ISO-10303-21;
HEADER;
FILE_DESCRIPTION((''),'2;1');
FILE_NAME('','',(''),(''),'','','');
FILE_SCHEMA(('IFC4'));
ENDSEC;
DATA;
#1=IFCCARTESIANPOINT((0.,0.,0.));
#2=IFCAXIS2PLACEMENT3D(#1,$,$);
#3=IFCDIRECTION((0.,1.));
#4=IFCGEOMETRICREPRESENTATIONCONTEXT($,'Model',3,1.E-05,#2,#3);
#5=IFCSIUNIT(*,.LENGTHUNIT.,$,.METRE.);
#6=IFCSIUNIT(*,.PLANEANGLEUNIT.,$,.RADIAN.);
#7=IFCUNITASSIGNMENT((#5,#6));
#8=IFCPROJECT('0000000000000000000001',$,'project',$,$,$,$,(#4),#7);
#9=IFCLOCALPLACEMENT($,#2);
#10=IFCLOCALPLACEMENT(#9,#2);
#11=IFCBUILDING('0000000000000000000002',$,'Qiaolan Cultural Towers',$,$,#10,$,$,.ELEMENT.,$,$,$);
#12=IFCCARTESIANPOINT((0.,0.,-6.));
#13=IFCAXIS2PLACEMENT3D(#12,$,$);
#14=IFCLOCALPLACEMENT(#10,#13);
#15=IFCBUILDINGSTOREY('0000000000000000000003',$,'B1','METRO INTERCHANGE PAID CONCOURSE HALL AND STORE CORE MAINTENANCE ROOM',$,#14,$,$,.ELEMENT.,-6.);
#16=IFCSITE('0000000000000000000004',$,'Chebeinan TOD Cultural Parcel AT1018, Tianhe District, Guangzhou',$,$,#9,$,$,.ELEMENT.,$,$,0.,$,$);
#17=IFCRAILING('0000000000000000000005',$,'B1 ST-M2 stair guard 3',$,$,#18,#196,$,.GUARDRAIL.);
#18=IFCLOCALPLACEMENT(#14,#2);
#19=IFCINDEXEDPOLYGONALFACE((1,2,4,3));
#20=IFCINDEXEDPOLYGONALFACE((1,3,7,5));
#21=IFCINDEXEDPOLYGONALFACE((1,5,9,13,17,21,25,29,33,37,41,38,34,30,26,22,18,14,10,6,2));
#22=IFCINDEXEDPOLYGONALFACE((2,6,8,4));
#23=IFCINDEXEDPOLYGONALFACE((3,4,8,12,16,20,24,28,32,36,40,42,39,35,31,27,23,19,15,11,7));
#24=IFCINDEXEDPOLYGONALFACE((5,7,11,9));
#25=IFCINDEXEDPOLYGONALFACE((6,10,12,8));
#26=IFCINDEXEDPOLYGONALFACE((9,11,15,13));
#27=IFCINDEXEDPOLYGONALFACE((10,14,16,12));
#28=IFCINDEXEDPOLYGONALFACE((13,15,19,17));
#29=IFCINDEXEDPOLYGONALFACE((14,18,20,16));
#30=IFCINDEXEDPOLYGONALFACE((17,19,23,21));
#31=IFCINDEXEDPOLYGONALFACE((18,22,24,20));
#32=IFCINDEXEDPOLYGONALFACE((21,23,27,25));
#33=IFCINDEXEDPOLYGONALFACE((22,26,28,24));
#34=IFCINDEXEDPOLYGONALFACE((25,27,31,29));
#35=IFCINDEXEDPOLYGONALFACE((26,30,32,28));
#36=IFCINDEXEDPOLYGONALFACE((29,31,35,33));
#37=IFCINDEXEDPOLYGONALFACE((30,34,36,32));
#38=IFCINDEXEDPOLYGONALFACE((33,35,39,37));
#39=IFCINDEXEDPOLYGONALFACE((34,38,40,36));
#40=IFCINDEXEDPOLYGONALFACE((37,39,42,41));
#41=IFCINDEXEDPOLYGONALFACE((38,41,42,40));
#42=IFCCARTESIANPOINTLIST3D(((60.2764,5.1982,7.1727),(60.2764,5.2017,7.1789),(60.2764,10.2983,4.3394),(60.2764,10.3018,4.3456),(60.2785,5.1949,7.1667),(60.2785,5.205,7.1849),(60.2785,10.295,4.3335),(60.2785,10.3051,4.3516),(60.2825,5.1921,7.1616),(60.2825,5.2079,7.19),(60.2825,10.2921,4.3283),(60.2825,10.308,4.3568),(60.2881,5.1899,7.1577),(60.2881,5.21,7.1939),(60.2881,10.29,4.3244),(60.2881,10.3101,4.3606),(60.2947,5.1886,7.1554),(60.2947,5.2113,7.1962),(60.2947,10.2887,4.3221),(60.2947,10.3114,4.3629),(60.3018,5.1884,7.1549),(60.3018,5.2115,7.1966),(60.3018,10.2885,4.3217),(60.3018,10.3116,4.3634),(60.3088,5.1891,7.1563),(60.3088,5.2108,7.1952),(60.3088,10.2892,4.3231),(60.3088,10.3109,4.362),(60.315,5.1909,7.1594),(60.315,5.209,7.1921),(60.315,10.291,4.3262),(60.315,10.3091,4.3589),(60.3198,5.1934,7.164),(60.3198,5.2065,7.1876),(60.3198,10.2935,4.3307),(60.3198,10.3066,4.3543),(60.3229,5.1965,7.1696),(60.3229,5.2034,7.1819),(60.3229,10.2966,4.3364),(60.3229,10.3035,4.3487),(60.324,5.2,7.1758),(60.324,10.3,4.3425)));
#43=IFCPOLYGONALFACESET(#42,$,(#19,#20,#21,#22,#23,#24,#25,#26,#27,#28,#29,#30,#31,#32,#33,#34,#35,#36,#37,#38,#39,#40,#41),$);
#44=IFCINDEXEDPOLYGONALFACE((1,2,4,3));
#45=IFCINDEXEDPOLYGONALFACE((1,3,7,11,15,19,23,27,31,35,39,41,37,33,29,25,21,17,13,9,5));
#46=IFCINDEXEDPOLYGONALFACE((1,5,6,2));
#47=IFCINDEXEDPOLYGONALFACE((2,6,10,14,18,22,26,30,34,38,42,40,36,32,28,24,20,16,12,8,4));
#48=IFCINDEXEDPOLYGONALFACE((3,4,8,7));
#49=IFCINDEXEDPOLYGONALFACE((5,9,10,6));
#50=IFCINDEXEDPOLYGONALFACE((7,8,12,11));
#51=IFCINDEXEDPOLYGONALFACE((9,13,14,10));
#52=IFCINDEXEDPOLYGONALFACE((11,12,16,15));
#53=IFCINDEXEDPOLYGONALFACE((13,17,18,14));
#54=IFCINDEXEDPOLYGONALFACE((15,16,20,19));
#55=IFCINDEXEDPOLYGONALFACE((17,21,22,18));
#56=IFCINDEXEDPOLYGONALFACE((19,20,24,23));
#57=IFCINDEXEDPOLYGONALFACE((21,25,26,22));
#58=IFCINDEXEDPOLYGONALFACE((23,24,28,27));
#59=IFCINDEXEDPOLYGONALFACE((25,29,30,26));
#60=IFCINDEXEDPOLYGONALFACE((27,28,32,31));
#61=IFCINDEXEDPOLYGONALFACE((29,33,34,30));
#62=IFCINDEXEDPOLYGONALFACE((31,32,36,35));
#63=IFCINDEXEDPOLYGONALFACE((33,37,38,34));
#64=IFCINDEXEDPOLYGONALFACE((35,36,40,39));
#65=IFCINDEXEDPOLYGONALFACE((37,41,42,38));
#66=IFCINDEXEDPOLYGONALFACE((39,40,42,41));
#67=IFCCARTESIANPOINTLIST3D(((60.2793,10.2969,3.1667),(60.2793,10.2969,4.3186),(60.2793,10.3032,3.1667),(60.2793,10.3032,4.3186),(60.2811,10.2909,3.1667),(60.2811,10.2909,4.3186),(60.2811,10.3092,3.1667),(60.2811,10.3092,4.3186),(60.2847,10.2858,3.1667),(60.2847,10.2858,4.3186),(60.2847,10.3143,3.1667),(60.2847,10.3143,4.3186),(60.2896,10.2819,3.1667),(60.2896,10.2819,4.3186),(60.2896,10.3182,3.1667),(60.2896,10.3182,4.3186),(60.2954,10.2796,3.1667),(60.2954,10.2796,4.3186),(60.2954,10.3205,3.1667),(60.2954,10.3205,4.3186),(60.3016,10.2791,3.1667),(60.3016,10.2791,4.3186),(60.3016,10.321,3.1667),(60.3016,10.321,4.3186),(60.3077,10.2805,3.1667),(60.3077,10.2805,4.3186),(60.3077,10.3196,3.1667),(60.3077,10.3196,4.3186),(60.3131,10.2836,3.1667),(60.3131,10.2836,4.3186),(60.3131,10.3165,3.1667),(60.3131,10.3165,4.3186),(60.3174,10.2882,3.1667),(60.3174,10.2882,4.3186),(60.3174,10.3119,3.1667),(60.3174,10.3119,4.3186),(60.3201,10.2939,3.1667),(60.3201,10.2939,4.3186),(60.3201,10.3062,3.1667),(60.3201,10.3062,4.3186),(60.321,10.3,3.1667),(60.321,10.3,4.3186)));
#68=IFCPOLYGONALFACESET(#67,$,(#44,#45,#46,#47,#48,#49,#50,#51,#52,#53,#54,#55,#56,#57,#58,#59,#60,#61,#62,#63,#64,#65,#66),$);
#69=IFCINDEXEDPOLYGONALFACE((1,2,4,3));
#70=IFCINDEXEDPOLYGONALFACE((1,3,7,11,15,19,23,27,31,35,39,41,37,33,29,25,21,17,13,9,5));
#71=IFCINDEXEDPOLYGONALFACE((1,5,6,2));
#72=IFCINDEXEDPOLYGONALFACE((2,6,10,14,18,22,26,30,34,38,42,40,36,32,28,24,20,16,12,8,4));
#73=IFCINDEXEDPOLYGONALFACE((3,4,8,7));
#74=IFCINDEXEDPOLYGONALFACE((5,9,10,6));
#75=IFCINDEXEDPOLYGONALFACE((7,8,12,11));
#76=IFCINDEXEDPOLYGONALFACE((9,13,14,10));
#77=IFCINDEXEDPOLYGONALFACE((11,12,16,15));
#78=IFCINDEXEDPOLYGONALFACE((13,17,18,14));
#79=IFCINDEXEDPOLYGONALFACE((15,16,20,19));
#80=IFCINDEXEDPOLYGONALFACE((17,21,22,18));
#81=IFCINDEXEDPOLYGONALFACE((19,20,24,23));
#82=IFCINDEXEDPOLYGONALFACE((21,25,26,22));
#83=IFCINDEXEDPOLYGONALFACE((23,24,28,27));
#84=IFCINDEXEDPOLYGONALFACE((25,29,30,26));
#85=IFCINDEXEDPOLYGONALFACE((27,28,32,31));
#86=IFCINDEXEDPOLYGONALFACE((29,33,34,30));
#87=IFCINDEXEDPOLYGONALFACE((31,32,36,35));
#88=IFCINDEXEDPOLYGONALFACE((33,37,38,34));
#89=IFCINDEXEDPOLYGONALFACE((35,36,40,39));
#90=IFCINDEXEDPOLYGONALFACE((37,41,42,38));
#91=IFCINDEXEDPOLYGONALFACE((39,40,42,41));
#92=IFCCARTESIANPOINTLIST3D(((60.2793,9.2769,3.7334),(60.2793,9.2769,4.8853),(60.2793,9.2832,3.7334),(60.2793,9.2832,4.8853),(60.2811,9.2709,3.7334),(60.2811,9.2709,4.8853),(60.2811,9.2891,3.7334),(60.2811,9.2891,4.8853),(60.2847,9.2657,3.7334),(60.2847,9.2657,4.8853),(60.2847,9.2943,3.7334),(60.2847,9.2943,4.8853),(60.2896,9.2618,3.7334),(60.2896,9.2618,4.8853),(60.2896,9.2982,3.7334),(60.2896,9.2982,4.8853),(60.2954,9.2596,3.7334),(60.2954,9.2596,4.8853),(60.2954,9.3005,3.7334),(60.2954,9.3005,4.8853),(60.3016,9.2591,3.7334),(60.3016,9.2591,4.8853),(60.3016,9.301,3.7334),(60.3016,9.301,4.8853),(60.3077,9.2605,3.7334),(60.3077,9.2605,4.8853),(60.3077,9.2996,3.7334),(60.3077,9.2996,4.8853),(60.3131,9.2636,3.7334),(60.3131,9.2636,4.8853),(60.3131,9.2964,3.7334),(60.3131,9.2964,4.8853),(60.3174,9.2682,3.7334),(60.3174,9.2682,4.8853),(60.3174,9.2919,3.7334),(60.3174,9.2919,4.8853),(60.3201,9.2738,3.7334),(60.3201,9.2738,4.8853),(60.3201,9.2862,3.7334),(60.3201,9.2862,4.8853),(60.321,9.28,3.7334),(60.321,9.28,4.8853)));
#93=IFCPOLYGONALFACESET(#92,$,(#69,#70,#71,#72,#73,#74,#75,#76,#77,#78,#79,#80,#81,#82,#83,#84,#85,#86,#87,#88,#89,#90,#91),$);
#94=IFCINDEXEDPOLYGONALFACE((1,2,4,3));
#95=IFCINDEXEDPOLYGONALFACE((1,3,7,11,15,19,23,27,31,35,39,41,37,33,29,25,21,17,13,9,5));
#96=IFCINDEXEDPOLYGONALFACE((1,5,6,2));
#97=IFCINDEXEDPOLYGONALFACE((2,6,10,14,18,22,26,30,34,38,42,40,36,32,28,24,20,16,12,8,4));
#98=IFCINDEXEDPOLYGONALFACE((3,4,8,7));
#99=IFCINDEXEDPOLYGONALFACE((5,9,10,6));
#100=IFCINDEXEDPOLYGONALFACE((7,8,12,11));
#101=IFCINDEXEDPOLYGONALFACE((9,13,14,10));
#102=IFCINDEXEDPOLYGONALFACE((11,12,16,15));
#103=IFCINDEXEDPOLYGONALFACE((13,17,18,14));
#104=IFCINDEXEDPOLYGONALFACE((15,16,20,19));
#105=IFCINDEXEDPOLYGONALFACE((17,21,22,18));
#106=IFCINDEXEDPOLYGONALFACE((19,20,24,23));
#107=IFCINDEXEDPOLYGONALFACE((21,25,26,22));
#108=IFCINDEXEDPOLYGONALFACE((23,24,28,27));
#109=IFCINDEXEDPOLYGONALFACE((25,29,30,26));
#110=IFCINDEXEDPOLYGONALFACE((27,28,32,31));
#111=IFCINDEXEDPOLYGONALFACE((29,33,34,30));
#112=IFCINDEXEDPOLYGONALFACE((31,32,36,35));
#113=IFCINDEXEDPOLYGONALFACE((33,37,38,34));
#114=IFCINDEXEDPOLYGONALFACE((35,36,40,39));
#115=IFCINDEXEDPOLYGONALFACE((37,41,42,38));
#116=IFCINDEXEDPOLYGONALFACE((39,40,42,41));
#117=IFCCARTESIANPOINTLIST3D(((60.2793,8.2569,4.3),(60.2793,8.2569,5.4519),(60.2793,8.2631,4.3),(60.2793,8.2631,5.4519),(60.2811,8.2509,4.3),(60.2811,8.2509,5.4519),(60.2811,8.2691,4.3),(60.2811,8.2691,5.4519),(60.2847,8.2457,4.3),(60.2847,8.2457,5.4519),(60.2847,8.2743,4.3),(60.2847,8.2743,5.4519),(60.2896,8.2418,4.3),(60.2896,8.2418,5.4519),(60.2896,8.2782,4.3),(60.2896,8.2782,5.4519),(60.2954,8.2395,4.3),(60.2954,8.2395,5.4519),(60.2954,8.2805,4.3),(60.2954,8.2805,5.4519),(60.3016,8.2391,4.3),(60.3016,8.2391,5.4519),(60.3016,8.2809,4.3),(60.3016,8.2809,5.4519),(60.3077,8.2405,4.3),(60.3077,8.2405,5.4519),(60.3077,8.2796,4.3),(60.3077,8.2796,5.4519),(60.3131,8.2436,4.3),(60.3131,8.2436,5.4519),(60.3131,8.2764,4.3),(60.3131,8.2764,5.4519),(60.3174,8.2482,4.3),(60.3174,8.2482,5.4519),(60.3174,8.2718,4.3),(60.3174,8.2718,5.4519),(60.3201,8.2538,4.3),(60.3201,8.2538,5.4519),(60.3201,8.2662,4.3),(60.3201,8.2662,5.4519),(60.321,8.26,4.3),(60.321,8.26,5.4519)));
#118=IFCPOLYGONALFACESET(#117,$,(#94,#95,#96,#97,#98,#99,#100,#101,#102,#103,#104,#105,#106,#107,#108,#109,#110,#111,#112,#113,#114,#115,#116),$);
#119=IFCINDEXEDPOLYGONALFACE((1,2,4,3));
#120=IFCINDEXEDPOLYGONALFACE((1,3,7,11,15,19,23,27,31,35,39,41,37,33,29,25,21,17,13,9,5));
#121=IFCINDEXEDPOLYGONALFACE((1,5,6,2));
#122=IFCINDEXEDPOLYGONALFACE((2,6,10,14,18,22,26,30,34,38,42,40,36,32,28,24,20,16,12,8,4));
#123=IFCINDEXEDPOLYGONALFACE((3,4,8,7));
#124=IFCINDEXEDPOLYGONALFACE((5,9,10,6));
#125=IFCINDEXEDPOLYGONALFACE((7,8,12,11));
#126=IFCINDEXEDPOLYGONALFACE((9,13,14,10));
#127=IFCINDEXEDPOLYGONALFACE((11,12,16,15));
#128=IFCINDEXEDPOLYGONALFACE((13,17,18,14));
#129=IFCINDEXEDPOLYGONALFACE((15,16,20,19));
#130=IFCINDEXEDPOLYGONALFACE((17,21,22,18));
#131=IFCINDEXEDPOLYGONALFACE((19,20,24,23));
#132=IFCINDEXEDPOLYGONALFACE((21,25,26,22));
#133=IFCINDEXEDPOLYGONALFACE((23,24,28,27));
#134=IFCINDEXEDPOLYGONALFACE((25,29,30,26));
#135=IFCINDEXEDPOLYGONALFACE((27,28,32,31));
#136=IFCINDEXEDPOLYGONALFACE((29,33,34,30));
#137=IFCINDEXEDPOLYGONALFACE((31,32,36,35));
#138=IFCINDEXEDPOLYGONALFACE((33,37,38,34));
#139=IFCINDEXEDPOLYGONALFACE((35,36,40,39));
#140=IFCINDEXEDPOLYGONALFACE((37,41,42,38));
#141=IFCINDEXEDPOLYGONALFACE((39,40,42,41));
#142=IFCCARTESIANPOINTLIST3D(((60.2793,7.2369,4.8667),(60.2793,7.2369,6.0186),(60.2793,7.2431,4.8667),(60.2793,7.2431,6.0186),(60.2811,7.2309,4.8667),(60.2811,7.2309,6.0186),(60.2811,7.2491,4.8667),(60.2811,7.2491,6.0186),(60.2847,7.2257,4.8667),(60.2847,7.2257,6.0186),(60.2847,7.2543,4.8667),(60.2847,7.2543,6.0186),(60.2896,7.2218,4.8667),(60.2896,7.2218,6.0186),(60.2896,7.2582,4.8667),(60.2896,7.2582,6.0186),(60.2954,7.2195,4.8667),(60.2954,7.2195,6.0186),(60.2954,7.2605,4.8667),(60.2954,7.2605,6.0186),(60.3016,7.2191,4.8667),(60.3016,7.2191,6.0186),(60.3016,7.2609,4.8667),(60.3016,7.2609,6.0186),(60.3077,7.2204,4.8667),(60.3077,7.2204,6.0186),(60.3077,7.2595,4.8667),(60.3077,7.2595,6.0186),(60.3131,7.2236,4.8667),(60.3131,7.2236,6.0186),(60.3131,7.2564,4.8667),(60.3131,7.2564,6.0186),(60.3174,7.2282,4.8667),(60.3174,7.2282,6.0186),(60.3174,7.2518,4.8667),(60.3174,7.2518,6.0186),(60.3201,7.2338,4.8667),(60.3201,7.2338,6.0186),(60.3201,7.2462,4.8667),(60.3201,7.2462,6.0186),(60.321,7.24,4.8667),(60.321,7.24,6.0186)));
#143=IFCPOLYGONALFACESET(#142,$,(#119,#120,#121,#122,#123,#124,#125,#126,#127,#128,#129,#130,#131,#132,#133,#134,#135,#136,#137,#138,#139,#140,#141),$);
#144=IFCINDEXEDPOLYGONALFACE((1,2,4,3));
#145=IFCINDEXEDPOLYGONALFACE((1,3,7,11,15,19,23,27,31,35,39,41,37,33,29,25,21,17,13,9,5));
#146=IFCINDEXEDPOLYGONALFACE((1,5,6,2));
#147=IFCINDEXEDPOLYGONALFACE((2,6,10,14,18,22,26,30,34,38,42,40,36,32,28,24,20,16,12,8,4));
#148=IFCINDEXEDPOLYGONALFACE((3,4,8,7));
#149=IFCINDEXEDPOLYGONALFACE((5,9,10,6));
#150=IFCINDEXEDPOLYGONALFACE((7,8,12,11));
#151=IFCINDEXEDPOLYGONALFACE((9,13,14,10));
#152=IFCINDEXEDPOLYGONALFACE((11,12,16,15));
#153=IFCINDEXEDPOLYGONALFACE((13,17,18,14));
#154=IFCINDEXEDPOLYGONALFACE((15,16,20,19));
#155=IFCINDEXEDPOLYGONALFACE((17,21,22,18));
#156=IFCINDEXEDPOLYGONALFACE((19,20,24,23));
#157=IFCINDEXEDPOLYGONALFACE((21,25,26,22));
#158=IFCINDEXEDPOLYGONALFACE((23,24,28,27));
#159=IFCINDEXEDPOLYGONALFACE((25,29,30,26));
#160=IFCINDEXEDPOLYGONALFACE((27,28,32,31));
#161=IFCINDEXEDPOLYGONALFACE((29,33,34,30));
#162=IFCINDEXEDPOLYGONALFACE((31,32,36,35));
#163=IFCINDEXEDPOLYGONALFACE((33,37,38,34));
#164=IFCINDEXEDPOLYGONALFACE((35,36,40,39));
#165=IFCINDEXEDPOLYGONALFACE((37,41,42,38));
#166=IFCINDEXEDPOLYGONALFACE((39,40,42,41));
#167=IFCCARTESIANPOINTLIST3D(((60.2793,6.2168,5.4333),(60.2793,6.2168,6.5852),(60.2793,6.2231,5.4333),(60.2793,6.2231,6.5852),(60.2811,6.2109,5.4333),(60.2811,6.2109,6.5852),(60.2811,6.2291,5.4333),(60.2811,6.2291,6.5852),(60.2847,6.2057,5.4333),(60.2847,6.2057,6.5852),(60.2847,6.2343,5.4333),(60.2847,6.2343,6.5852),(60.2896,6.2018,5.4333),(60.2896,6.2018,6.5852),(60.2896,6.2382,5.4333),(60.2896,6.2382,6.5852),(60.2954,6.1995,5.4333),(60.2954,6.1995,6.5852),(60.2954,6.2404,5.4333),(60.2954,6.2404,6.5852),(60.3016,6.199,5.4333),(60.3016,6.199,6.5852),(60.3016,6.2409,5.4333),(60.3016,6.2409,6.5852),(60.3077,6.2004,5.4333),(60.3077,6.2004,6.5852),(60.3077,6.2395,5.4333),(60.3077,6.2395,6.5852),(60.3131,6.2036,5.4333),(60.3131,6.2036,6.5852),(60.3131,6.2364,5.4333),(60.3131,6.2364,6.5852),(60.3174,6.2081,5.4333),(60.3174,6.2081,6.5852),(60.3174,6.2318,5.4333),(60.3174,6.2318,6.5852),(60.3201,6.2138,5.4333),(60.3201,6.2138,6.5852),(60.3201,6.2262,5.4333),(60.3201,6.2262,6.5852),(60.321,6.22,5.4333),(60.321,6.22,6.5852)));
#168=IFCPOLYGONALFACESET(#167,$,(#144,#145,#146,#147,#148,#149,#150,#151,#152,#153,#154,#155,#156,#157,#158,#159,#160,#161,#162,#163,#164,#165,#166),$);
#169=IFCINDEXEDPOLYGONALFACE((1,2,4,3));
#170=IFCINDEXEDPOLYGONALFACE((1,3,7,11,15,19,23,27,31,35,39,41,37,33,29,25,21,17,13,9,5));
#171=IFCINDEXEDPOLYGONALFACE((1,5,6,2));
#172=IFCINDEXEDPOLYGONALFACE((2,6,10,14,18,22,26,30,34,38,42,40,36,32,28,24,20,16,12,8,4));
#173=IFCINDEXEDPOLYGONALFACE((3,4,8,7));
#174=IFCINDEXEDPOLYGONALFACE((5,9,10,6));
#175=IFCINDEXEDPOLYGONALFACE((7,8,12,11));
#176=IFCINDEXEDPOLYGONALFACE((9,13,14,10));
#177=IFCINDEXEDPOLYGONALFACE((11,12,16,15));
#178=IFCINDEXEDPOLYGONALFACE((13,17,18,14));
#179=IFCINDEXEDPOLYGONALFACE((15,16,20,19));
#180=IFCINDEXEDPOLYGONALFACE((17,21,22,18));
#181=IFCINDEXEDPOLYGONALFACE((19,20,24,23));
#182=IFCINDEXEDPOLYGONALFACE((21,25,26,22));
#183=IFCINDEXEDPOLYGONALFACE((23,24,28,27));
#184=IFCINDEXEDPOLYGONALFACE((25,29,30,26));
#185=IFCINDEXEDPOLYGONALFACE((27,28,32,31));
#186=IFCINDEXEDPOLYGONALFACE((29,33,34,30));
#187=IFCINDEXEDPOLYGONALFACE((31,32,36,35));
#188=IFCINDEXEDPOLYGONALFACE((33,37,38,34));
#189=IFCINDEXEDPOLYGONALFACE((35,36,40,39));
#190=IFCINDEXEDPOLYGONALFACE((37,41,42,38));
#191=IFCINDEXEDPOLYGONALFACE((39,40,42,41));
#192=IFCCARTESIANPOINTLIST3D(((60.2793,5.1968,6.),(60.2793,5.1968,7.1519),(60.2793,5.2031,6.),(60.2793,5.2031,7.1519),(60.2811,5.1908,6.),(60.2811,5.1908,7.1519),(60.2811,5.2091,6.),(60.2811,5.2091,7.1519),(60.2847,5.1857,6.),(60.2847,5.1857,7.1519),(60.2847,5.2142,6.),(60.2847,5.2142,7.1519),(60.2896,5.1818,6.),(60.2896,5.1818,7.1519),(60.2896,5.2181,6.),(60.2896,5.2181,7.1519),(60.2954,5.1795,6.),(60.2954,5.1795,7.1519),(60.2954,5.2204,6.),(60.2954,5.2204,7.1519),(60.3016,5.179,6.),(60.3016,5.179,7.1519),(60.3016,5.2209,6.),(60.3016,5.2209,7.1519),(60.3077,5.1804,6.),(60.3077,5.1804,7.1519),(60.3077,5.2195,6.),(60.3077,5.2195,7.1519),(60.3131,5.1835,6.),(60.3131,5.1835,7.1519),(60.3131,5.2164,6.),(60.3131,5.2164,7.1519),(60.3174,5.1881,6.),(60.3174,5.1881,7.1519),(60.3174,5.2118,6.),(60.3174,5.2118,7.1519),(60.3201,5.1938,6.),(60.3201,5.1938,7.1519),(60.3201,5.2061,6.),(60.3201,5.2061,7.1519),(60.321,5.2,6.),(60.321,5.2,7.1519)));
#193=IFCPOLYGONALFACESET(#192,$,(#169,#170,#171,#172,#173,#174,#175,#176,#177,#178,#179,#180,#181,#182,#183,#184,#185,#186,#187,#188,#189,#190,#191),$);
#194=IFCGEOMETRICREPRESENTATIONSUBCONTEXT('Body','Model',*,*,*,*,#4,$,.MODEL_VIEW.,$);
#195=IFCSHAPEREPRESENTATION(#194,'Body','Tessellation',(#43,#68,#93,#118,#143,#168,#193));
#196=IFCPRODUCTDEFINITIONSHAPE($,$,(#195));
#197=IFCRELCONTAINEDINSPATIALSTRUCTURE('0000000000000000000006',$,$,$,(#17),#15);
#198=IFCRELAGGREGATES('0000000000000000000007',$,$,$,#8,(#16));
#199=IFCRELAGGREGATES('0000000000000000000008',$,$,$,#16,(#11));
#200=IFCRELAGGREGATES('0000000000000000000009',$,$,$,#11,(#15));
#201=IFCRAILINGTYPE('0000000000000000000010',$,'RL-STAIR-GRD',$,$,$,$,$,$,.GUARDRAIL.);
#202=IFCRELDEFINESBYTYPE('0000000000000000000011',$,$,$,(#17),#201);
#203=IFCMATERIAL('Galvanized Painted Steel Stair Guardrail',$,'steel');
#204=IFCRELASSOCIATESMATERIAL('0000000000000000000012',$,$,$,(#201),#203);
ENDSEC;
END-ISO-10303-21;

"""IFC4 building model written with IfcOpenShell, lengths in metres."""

from ifc_helpers import new_model, si_unit, direction, frame, origin, origin_2d, place, context, subcontext, project, spatial, circle, extrude, material, type_object, element, save


model = new_model("IFC4")

# Units and contexts
model_context = context("Model", 3, precision=1e-05, world=origin(), true_north=direction((0.0, 1.0)))
body_context = subcontext(model_context, "Body", "Model", "MODEL_VIEW")
ifc_project = project(units=[si_unit("LENGTHUNIT", "METRE"), si_unit("PLANEANGLEUNIT", "RADIAN")], contexts=[model_context])

# Site, building, storey
site_placement = place(None, origin())
site = spatial("IfcSite", under=ifc_project, at=site_placement, Name="Chebeinan TOD Cultural Parcel AT1018, Tianhe District, Guangzhou", CompositionType="ELEMENT", RefElevation=0.0)
building_placement = place(site_placement, origin())
building = spatial("IfcBuilding", under=site, at=building_placement, Name="Qiaolan Cultural Towers", CompositionType="ELEMENT")
storey_placement = place(building_placement, frame((0.0, 0.0, -6.0)))
storey = spatial("IfcBuildingStorey", under=building, at=storey_placement, Name="B1", Description="METRO INTERCHANGE PAID CONCOURSE HALL AND STORE CORE MAINTENANCE ROOM", CompositionType="ELEMENT", Elevation=-6.0)

# Railing
ifc_material_1 = material(Name="Galvanized Painted Steel Stair Guardrail", Category="steel")
railing_type_1 = type_object("IfcRailingType", Name="RL-STAIR-GRD", PredefinedType="GUARDRAIL", material=ifc_material_1)
railing_1_placement = place(storey_placement, frame((60.3, 10.3, 3.1667)))
element("IfcRailing", 1, at=railing_1_placement, inside=storey, type_object=railing_type_1, Name="B1 ST-M2 stair guard 3", PredefinedType="GUARDRAIL", context=body_context, shape_type="SweptSolid", body=[
    extrude(circle(Radius=0.0239, at=origin_2d()), frame((0.0, 0.0, 1.1758), z_axis=(0.0, -0.874167, 0.485625), x_axis=(1.0, 0.0, 0.0)), (0.0, 0.0, 1.0), 5.8342),
    extrude(circle(Radius=0.021, at=origin_2d()), origin(), (0.0, 0.0, 1.0), 1.1519),
    extrude(circle(Radius=0.021, at=origin_2d()), frame((0.0, -1.02, 0.5667)), (0.0, 0.0, 1.0), 1.1519),
    extrude(circle(Radius=0.021, at=origin_2d()), frame((0.0, -2.04, 1.1333)), (0.0, 0.0, 1.0), 1.1519),
    extrude(circle(Radius=0.021, at=origin_2d()), frame((0.0, -3.0601, 1.7)), (0.0, 0.0, 1.0), 1.1519),
    extrude(circle(Radius=0.021, at=origin_2d()), frame((0.0, -4.0801, 2.2666)), (0.0, 0.0, 1.0), 1.1519),
    extrude(circle(Radius=0.021, at=origin_2d()), frame((0.0, -5.1001, 2.8333)), (0.0, 0.0, 1.0), 1.1519),
])

save(model, "model.ifc")
